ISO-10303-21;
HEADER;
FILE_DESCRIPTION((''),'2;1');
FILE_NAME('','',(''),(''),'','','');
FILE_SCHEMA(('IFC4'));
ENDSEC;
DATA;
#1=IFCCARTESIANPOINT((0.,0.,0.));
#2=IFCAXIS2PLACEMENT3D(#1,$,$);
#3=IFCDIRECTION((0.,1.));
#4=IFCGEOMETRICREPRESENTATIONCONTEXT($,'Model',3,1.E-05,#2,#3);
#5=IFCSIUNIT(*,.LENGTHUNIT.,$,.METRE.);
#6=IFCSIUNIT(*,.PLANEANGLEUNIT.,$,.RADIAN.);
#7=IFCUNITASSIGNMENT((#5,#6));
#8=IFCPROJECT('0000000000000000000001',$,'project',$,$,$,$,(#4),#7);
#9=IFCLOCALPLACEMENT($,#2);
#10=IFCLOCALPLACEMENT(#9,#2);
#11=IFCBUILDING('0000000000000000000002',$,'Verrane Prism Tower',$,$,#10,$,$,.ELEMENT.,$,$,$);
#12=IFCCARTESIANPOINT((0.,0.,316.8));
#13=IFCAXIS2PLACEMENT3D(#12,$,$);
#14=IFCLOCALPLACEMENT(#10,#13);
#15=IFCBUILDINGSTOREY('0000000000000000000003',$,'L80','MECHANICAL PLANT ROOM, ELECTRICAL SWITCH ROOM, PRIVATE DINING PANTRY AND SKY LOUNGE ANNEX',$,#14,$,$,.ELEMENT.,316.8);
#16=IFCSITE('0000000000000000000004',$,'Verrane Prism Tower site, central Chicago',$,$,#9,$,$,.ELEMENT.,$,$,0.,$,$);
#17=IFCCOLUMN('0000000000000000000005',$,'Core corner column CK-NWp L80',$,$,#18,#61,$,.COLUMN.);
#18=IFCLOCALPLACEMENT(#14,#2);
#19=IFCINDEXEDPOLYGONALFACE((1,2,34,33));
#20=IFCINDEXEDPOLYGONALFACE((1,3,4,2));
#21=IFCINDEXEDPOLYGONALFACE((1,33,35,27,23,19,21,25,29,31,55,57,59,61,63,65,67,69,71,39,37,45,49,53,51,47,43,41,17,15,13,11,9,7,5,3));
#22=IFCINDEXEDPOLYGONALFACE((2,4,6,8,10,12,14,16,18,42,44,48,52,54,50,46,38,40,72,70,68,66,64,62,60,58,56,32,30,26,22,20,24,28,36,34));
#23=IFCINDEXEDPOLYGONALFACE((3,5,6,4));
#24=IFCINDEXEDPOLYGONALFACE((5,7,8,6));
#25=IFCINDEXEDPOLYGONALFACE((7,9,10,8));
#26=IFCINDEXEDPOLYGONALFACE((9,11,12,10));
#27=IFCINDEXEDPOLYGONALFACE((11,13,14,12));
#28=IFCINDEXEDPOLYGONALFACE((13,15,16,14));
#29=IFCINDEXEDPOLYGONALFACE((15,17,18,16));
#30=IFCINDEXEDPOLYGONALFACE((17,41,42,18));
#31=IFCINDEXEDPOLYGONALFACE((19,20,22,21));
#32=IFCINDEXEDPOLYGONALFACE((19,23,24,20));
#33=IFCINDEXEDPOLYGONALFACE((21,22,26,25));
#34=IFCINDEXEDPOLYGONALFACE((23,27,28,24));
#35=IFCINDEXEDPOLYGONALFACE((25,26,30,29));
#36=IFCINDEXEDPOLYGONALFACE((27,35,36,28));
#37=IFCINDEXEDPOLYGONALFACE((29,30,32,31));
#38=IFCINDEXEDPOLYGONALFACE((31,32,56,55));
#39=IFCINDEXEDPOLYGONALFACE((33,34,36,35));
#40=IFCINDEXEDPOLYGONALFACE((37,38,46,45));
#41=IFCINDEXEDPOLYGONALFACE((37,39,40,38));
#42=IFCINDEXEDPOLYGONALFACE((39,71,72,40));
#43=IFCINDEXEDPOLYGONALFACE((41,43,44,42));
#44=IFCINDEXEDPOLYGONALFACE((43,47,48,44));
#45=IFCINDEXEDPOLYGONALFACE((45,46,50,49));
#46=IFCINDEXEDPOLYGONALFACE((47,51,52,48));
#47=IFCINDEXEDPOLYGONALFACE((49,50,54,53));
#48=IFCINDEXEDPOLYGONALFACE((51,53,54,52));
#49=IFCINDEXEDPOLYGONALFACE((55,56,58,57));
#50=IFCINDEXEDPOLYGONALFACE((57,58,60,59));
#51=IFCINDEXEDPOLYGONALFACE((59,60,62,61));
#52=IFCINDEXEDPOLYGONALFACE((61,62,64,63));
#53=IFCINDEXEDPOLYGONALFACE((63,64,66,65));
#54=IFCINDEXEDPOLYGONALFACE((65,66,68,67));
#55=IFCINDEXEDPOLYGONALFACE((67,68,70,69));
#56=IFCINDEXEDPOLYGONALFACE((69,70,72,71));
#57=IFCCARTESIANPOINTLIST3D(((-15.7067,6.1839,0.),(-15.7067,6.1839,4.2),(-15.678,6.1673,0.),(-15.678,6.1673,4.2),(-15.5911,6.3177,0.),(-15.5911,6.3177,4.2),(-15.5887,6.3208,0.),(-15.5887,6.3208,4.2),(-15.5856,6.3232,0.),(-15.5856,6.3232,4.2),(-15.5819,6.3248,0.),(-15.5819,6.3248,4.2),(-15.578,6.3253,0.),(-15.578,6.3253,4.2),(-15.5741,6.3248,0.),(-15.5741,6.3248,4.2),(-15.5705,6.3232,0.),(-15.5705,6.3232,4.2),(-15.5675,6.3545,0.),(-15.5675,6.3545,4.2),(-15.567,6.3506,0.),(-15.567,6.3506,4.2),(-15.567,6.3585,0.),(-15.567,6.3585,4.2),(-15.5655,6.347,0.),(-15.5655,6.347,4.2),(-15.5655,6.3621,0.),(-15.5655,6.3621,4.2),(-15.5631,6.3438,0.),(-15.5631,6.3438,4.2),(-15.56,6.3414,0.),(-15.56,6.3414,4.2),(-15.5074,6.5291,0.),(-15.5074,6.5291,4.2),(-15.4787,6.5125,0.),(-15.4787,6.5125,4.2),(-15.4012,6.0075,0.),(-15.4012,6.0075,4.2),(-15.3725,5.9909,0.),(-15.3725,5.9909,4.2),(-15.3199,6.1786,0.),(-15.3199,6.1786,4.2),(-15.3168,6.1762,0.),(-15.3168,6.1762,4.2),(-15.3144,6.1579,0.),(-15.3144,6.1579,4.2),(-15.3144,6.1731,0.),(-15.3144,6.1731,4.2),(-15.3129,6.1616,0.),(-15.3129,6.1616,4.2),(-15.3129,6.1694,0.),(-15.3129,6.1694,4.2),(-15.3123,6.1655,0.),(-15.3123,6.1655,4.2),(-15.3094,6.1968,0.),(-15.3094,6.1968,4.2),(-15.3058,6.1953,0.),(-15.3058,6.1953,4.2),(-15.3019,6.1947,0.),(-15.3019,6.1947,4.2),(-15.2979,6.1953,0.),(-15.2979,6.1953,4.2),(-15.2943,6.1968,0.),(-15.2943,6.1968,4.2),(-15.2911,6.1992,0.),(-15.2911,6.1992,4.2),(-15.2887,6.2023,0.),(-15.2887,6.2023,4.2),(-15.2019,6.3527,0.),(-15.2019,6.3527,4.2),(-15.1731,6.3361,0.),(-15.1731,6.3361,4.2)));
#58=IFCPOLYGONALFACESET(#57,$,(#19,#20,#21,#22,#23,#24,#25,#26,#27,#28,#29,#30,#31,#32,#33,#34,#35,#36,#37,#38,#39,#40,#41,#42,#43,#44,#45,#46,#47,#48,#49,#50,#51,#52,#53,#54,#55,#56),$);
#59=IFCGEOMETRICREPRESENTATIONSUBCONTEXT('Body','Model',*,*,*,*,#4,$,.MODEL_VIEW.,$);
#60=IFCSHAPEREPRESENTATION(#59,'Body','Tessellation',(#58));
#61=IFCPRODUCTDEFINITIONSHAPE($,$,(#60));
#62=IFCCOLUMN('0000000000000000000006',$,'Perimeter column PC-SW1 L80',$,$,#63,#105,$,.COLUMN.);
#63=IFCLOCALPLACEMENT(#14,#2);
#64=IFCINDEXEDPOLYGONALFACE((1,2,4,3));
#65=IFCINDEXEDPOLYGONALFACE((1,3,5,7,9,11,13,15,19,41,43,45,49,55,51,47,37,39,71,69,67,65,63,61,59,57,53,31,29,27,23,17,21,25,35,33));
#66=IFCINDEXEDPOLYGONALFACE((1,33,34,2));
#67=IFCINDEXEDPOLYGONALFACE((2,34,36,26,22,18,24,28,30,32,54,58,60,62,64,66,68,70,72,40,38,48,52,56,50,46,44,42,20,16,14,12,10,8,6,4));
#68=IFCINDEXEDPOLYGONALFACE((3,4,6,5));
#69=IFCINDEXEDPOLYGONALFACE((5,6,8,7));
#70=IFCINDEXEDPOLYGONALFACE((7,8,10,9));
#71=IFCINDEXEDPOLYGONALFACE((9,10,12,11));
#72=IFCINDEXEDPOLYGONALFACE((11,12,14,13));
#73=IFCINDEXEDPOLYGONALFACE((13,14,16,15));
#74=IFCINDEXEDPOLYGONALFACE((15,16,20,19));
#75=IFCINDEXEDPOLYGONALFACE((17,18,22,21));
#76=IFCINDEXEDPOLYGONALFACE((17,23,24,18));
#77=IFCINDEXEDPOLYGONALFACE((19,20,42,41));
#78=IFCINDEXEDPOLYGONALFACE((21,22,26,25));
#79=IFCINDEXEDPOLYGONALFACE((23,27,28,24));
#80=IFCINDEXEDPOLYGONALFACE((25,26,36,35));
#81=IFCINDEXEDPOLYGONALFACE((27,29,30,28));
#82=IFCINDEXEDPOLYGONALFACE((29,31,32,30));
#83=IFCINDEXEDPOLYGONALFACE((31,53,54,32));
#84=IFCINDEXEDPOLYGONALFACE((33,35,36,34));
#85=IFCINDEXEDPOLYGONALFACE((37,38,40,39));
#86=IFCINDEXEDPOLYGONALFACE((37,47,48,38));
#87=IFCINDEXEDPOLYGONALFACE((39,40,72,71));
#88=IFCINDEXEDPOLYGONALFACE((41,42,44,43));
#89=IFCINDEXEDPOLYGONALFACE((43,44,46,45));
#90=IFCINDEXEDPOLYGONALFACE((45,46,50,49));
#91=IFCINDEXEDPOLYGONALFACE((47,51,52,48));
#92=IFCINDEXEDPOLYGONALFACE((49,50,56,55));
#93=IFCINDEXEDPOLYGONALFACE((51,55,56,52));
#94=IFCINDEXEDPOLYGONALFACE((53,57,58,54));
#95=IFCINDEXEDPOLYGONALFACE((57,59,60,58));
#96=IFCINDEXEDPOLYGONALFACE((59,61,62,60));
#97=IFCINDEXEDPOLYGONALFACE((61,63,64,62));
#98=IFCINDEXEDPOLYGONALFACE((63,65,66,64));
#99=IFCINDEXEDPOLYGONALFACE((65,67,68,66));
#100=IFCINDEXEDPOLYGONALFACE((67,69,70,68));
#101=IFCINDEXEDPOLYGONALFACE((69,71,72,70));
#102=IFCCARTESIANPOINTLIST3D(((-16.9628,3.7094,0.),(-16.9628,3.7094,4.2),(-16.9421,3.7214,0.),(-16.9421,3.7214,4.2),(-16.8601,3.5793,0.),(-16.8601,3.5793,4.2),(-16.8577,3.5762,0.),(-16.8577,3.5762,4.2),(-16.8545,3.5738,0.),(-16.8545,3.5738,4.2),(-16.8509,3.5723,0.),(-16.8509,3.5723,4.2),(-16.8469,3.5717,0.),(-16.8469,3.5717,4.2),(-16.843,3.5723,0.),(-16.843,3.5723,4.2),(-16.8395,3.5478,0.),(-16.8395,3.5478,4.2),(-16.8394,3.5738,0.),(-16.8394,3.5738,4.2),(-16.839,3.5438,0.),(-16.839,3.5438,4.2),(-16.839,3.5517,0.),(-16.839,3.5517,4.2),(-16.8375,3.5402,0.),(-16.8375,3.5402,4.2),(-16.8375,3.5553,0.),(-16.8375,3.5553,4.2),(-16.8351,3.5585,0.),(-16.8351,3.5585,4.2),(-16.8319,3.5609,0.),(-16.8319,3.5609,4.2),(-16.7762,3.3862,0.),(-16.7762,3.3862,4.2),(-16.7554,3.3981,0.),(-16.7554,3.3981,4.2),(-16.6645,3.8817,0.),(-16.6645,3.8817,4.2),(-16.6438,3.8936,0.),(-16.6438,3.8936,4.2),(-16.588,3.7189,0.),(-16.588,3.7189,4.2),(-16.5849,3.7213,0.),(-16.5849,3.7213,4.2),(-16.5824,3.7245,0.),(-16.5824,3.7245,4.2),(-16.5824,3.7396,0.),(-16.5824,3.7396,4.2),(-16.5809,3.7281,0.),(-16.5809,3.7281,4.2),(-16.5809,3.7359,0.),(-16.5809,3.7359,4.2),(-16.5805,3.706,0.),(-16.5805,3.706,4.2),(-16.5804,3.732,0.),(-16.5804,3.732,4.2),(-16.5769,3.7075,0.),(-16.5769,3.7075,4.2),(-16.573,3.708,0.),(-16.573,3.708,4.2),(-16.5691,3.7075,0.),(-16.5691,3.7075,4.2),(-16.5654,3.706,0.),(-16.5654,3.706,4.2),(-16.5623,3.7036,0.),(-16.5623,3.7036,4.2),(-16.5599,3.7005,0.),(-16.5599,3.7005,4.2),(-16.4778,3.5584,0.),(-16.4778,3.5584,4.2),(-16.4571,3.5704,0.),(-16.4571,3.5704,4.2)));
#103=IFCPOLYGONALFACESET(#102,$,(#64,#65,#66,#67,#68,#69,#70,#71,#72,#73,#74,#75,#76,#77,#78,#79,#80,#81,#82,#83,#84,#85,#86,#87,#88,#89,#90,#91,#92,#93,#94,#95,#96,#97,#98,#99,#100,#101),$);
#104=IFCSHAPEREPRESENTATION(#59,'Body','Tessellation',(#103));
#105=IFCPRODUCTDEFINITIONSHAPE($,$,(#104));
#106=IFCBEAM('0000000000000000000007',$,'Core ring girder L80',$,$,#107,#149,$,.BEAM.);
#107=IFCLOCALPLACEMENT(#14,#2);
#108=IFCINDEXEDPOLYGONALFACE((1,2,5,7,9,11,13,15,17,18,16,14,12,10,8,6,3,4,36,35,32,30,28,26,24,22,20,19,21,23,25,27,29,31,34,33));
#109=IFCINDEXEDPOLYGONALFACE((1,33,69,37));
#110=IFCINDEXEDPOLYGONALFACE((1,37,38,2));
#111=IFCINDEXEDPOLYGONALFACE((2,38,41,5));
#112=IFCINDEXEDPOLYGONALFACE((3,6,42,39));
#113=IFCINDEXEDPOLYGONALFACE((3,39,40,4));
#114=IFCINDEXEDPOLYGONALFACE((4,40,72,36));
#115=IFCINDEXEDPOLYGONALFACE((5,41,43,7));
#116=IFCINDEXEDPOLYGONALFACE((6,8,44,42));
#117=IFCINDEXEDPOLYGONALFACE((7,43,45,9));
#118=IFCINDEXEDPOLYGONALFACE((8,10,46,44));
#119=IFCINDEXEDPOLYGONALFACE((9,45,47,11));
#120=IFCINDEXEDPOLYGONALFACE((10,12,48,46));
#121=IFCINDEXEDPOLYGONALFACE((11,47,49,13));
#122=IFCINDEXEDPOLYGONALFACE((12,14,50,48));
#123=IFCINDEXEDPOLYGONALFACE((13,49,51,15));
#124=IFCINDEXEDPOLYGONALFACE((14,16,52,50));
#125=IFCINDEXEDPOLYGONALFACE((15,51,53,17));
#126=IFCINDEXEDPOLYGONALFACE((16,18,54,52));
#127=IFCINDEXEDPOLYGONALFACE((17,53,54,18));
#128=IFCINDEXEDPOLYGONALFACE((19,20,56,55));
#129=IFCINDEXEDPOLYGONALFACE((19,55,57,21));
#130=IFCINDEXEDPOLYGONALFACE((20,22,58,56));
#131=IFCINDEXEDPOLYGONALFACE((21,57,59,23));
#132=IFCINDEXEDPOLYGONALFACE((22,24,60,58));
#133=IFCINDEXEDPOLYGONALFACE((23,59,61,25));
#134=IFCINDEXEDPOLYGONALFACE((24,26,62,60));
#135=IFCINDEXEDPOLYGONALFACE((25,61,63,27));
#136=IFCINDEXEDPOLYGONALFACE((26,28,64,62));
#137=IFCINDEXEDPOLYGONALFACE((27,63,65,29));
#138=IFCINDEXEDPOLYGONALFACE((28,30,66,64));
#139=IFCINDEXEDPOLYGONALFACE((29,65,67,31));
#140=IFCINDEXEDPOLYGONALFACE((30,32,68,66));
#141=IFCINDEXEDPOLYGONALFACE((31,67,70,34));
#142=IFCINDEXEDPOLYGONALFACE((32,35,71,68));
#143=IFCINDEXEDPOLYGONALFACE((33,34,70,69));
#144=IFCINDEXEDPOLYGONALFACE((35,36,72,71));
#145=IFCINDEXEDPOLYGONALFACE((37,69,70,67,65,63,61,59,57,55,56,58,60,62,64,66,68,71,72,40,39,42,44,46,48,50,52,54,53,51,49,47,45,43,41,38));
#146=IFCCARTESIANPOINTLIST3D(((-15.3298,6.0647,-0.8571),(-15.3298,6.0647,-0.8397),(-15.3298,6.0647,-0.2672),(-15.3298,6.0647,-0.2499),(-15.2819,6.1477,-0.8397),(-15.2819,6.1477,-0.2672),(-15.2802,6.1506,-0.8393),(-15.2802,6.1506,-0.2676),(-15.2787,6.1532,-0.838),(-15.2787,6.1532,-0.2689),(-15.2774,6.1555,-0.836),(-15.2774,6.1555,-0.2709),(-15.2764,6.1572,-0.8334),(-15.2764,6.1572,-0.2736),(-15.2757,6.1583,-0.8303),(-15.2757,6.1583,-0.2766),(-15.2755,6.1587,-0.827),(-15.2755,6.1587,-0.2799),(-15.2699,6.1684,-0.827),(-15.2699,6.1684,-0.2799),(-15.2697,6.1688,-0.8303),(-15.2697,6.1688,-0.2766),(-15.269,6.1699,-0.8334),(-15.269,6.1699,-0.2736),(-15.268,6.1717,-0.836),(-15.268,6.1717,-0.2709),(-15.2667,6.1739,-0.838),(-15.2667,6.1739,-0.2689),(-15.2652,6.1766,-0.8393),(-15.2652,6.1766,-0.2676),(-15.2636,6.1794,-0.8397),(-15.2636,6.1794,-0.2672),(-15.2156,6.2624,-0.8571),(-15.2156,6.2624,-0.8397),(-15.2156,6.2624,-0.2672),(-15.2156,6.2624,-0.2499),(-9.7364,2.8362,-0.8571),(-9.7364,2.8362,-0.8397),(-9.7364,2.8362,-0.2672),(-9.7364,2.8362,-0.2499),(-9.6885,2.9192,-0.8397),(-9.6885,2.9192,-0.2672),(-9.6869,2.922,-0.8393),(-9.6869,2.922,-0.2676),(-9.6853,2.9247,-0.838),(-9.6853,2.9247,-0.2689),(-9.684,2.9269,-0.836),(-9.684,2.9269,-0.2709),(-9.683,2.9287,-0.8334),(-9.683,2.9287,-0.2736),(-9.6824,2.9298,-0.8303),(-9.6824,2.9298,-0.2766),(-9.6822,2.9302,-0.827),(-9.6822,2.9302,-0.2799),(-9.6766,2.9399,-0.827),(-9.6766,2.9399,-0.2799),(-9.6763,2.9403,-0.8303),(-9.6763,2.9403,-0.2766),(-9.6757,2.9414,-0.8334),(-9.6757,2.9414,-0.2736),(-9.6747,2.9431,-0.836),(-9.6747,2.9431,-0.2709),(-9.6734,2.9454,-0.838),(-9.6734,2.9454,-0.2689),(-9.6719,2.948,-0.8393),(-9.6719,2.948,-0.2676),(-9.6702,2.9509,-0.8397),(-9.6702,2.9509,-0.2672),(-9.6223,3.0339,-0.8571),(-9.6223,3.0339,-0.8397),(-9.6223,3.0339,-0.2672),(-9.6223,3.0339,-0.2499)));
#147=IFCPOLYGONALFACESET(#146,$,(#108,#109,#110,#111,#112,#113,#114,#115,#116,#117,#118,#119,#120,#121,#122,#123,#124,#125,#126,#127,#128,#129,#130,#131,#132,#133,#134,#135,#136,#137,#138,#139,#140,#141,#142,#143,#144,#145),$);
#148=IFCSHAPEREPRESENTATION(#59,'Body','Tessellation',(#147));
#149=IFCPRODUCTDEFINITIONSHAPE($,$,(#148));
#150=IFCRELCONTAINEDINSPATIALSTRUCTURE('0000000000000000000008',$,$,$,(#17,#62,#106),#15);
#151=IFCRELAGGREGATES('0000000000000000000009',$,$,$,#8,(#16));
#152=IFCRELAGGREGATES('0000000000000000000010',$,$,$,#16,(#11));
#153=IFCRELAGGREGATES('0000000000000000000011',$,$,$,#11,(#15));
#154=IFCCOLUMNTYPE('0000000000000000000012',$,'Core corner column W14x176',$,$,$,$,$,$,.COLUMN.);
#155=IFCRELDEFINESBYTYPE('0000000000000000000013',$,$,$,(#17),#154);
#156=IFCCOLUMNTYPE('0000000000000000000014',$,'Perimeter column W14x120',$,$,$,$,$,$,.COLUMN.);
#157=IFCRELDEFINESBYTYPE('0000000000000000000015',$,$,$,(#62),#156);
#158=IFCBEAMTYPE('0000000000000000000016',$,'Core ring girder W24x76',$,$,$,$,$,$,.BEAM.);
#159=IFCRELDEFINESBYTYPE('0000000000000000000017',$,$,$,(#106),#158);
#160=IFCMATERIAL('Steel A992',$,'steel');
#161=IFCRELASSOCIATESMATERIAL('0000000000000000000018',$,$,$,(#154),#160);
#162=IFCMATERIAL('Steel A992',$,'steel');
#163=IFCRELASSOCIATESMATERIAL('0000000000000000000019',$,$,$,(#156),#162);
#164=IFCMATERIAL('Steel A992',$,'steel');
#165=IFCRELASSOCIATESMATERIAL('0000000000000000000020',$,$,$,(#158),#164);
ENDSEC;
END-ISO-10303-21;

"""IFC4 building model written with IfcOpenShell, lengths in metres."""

from ifc_helpers import new_model, si_unit, direction, frame, origin, origin_2d, place, context, subcontext, project, spatial, i_section, extrude, material, material_profile, profile_set, type_object, element, save


model = new_model("IFC4")

# Units and contexts
model_context = context("Model", 3, precision=1e-05, world=origin(), true_north=direction((0.0, 1.0)))
body_context = subcontext(model_context, "Body", "Model", "MODEL_VIEW")
ifc_project = project(units=[si_unit("LENGTHUNIT", "METRE"), si_unit("PLANEANGLEUNIT", "RADIAN")], contexts=[model_context])

# Site, building, storey
site_placement = place(None, origin())
site = spatial("IfcSite", under=ifc_project, at=site_placement, Name="Verrane Prism Tower site, central Chicago", CompositionType="ELEMENT", RefElevation=0.0)
building_placement = place(site_placement, origin())
building = spatial("IfcBuilding", under=site, at=building_placement, Name="Verrane Prism Tower", CompositionType="ELEMENT")
storey_placement = place(building_placement, frame((0.0, 0.0, 316.8)))
storey = spatial("IfcBuildingStorey", under=building, at=storey_placement, Name="L80", Description="MECHANICAL PLANT ROOM, ELECTRICAL SWITCH ROOM, PRIVATE DINING PANTRY AND SKY LOUNGE ANNEX", CompositionType="ELEMENT", Elevation=316.8)

# Columns
ifc_material_1 = material(Name="Steel A992", Category="steel")
ifc_material_profile_1 = material_profile(ifc_material_1, i_section(OverallWidth=0.3987, OverallDepth=0.386, WebThickness=0.021, FlangeThickness=0.0332, FilletRadius=0.0151, at=origin_2d()), Name="W14x176")
ifc_profile_set_1 = profile_set([ifc_material_profile_1], Name="Steel A992")
column_type_1 = type_object("IfcColumnType", Name="Core corner column W14x176", PredefinedType="COLUMN", material=ifc_profile_set_1)
column_1_placement = place(storey_placement, frame((-15.4399, 6.26, 0.0), z_axis=(0.0, 0.0, 1.0), x_axis=(0.5, 0.866025, 0.0)))
element("IfcColumn", 1, at=column_1_placement, inside=storey, type_object=column_type_1, Name="Core corner column CK-NWp L80", PredefinedType="COLUMN", context=body_context, shape_type="SweptSolid", body=[
    extrude(i_section(OverallWidth=0.3987, OverallDepth=0.386, WebThickness=0.021, FlangeThickness=0.0332, FilletRadius=0.0151, at=origin_2d()), origin(), (0.0, 0.0, 1.0), 4.2),
])
ifc_material_2 = material(Name="Steel A992", Category="steel")
ifc_material_profile_2 = material_profile(ifc_material_2, i_section(OverallWidth=0.3733, OverallDepth=0.3684, WebThickness=0.0149, FlangeThickness=0.0239, FilletRadius=0.0151, at=origin_2d()), Name="W14x120")
ifc_profile_set_2 = profile_set([ifc_material_profile_2], Name="Steel A992")
column_type_2 = type_object("IfcColumnType", Name="Perimeter column W14x120", PredefinedType="COLUMN", material=ifc_profile_set_2)
column_2_placement = place(storey_placement, frame((-16.71, 3.6399, 0.0), z_axis=(0.0, 0.0, 1.0), x_axis=(-0.5, 0.866025, 0.0)))
element("IfcColumn", 2, at=column_2_placement, inside=storey, type_object=column_type_2, Name="Perimeter column PC-SW1 L80", PredefinedType="COLUMN", context=body_context, shape_type="SweptSolid", body=[
    extrude(i_section(OverallWidth=0.3733, OverallDepth=0.3684, WebThickness=0.0149, FlangeThickness=0.0239, FilletRadius=0.0151, at=origin_2d()), origin(), (0.0, 0.0, 1.0), 4.2),
])

# Beam
ifc_material_3 = material(Name="Steel A992", Category="steel")
ifc_material_profile_3 = material_profile(ifc_material_3, i_section(OverallWidth=0.2283, OverallDepth=0.6072, WebThickness=0.0112, FlangeThickness=0.0173, FilletRadius=0.0127, at=origin_2d()), Name="W24x76")
ifc_profile_set_3 = profile_set([ifc_material_profile_3], Name="Steel A992")
beam_type_1 = type_object("IfcBeamType", Name="Core ring girder W24x76", PredefinedType="BEAM", material=ifc_profile_set_3)
beam_1_placement = place(storey_placement, frame((-15.2727, 6.1636, -0.5535), z_axis=(0.866076, -0.499912, 0.0), x_axis=(0.499912, 0.866076, 0.0)))
element("IfcBeam", 3, at=beam_1_placement, inside=storey, type_object=beam_type_1, Name="Core ring girder L80", PredefinedType="BEAM", context=body_context, shape_type="SweptSolid", body=[
    extrude(i_section(OverallWidth=0.2283, OverallDepth=0.6072, WebThickness=0.0112, FlangeThickness=0.0173, FilletRadius=0.0127, at=origin_2d()), origin(), (0.0, 0.0, 1.0), 6.4583),
])

save(model, "model.ifc")
